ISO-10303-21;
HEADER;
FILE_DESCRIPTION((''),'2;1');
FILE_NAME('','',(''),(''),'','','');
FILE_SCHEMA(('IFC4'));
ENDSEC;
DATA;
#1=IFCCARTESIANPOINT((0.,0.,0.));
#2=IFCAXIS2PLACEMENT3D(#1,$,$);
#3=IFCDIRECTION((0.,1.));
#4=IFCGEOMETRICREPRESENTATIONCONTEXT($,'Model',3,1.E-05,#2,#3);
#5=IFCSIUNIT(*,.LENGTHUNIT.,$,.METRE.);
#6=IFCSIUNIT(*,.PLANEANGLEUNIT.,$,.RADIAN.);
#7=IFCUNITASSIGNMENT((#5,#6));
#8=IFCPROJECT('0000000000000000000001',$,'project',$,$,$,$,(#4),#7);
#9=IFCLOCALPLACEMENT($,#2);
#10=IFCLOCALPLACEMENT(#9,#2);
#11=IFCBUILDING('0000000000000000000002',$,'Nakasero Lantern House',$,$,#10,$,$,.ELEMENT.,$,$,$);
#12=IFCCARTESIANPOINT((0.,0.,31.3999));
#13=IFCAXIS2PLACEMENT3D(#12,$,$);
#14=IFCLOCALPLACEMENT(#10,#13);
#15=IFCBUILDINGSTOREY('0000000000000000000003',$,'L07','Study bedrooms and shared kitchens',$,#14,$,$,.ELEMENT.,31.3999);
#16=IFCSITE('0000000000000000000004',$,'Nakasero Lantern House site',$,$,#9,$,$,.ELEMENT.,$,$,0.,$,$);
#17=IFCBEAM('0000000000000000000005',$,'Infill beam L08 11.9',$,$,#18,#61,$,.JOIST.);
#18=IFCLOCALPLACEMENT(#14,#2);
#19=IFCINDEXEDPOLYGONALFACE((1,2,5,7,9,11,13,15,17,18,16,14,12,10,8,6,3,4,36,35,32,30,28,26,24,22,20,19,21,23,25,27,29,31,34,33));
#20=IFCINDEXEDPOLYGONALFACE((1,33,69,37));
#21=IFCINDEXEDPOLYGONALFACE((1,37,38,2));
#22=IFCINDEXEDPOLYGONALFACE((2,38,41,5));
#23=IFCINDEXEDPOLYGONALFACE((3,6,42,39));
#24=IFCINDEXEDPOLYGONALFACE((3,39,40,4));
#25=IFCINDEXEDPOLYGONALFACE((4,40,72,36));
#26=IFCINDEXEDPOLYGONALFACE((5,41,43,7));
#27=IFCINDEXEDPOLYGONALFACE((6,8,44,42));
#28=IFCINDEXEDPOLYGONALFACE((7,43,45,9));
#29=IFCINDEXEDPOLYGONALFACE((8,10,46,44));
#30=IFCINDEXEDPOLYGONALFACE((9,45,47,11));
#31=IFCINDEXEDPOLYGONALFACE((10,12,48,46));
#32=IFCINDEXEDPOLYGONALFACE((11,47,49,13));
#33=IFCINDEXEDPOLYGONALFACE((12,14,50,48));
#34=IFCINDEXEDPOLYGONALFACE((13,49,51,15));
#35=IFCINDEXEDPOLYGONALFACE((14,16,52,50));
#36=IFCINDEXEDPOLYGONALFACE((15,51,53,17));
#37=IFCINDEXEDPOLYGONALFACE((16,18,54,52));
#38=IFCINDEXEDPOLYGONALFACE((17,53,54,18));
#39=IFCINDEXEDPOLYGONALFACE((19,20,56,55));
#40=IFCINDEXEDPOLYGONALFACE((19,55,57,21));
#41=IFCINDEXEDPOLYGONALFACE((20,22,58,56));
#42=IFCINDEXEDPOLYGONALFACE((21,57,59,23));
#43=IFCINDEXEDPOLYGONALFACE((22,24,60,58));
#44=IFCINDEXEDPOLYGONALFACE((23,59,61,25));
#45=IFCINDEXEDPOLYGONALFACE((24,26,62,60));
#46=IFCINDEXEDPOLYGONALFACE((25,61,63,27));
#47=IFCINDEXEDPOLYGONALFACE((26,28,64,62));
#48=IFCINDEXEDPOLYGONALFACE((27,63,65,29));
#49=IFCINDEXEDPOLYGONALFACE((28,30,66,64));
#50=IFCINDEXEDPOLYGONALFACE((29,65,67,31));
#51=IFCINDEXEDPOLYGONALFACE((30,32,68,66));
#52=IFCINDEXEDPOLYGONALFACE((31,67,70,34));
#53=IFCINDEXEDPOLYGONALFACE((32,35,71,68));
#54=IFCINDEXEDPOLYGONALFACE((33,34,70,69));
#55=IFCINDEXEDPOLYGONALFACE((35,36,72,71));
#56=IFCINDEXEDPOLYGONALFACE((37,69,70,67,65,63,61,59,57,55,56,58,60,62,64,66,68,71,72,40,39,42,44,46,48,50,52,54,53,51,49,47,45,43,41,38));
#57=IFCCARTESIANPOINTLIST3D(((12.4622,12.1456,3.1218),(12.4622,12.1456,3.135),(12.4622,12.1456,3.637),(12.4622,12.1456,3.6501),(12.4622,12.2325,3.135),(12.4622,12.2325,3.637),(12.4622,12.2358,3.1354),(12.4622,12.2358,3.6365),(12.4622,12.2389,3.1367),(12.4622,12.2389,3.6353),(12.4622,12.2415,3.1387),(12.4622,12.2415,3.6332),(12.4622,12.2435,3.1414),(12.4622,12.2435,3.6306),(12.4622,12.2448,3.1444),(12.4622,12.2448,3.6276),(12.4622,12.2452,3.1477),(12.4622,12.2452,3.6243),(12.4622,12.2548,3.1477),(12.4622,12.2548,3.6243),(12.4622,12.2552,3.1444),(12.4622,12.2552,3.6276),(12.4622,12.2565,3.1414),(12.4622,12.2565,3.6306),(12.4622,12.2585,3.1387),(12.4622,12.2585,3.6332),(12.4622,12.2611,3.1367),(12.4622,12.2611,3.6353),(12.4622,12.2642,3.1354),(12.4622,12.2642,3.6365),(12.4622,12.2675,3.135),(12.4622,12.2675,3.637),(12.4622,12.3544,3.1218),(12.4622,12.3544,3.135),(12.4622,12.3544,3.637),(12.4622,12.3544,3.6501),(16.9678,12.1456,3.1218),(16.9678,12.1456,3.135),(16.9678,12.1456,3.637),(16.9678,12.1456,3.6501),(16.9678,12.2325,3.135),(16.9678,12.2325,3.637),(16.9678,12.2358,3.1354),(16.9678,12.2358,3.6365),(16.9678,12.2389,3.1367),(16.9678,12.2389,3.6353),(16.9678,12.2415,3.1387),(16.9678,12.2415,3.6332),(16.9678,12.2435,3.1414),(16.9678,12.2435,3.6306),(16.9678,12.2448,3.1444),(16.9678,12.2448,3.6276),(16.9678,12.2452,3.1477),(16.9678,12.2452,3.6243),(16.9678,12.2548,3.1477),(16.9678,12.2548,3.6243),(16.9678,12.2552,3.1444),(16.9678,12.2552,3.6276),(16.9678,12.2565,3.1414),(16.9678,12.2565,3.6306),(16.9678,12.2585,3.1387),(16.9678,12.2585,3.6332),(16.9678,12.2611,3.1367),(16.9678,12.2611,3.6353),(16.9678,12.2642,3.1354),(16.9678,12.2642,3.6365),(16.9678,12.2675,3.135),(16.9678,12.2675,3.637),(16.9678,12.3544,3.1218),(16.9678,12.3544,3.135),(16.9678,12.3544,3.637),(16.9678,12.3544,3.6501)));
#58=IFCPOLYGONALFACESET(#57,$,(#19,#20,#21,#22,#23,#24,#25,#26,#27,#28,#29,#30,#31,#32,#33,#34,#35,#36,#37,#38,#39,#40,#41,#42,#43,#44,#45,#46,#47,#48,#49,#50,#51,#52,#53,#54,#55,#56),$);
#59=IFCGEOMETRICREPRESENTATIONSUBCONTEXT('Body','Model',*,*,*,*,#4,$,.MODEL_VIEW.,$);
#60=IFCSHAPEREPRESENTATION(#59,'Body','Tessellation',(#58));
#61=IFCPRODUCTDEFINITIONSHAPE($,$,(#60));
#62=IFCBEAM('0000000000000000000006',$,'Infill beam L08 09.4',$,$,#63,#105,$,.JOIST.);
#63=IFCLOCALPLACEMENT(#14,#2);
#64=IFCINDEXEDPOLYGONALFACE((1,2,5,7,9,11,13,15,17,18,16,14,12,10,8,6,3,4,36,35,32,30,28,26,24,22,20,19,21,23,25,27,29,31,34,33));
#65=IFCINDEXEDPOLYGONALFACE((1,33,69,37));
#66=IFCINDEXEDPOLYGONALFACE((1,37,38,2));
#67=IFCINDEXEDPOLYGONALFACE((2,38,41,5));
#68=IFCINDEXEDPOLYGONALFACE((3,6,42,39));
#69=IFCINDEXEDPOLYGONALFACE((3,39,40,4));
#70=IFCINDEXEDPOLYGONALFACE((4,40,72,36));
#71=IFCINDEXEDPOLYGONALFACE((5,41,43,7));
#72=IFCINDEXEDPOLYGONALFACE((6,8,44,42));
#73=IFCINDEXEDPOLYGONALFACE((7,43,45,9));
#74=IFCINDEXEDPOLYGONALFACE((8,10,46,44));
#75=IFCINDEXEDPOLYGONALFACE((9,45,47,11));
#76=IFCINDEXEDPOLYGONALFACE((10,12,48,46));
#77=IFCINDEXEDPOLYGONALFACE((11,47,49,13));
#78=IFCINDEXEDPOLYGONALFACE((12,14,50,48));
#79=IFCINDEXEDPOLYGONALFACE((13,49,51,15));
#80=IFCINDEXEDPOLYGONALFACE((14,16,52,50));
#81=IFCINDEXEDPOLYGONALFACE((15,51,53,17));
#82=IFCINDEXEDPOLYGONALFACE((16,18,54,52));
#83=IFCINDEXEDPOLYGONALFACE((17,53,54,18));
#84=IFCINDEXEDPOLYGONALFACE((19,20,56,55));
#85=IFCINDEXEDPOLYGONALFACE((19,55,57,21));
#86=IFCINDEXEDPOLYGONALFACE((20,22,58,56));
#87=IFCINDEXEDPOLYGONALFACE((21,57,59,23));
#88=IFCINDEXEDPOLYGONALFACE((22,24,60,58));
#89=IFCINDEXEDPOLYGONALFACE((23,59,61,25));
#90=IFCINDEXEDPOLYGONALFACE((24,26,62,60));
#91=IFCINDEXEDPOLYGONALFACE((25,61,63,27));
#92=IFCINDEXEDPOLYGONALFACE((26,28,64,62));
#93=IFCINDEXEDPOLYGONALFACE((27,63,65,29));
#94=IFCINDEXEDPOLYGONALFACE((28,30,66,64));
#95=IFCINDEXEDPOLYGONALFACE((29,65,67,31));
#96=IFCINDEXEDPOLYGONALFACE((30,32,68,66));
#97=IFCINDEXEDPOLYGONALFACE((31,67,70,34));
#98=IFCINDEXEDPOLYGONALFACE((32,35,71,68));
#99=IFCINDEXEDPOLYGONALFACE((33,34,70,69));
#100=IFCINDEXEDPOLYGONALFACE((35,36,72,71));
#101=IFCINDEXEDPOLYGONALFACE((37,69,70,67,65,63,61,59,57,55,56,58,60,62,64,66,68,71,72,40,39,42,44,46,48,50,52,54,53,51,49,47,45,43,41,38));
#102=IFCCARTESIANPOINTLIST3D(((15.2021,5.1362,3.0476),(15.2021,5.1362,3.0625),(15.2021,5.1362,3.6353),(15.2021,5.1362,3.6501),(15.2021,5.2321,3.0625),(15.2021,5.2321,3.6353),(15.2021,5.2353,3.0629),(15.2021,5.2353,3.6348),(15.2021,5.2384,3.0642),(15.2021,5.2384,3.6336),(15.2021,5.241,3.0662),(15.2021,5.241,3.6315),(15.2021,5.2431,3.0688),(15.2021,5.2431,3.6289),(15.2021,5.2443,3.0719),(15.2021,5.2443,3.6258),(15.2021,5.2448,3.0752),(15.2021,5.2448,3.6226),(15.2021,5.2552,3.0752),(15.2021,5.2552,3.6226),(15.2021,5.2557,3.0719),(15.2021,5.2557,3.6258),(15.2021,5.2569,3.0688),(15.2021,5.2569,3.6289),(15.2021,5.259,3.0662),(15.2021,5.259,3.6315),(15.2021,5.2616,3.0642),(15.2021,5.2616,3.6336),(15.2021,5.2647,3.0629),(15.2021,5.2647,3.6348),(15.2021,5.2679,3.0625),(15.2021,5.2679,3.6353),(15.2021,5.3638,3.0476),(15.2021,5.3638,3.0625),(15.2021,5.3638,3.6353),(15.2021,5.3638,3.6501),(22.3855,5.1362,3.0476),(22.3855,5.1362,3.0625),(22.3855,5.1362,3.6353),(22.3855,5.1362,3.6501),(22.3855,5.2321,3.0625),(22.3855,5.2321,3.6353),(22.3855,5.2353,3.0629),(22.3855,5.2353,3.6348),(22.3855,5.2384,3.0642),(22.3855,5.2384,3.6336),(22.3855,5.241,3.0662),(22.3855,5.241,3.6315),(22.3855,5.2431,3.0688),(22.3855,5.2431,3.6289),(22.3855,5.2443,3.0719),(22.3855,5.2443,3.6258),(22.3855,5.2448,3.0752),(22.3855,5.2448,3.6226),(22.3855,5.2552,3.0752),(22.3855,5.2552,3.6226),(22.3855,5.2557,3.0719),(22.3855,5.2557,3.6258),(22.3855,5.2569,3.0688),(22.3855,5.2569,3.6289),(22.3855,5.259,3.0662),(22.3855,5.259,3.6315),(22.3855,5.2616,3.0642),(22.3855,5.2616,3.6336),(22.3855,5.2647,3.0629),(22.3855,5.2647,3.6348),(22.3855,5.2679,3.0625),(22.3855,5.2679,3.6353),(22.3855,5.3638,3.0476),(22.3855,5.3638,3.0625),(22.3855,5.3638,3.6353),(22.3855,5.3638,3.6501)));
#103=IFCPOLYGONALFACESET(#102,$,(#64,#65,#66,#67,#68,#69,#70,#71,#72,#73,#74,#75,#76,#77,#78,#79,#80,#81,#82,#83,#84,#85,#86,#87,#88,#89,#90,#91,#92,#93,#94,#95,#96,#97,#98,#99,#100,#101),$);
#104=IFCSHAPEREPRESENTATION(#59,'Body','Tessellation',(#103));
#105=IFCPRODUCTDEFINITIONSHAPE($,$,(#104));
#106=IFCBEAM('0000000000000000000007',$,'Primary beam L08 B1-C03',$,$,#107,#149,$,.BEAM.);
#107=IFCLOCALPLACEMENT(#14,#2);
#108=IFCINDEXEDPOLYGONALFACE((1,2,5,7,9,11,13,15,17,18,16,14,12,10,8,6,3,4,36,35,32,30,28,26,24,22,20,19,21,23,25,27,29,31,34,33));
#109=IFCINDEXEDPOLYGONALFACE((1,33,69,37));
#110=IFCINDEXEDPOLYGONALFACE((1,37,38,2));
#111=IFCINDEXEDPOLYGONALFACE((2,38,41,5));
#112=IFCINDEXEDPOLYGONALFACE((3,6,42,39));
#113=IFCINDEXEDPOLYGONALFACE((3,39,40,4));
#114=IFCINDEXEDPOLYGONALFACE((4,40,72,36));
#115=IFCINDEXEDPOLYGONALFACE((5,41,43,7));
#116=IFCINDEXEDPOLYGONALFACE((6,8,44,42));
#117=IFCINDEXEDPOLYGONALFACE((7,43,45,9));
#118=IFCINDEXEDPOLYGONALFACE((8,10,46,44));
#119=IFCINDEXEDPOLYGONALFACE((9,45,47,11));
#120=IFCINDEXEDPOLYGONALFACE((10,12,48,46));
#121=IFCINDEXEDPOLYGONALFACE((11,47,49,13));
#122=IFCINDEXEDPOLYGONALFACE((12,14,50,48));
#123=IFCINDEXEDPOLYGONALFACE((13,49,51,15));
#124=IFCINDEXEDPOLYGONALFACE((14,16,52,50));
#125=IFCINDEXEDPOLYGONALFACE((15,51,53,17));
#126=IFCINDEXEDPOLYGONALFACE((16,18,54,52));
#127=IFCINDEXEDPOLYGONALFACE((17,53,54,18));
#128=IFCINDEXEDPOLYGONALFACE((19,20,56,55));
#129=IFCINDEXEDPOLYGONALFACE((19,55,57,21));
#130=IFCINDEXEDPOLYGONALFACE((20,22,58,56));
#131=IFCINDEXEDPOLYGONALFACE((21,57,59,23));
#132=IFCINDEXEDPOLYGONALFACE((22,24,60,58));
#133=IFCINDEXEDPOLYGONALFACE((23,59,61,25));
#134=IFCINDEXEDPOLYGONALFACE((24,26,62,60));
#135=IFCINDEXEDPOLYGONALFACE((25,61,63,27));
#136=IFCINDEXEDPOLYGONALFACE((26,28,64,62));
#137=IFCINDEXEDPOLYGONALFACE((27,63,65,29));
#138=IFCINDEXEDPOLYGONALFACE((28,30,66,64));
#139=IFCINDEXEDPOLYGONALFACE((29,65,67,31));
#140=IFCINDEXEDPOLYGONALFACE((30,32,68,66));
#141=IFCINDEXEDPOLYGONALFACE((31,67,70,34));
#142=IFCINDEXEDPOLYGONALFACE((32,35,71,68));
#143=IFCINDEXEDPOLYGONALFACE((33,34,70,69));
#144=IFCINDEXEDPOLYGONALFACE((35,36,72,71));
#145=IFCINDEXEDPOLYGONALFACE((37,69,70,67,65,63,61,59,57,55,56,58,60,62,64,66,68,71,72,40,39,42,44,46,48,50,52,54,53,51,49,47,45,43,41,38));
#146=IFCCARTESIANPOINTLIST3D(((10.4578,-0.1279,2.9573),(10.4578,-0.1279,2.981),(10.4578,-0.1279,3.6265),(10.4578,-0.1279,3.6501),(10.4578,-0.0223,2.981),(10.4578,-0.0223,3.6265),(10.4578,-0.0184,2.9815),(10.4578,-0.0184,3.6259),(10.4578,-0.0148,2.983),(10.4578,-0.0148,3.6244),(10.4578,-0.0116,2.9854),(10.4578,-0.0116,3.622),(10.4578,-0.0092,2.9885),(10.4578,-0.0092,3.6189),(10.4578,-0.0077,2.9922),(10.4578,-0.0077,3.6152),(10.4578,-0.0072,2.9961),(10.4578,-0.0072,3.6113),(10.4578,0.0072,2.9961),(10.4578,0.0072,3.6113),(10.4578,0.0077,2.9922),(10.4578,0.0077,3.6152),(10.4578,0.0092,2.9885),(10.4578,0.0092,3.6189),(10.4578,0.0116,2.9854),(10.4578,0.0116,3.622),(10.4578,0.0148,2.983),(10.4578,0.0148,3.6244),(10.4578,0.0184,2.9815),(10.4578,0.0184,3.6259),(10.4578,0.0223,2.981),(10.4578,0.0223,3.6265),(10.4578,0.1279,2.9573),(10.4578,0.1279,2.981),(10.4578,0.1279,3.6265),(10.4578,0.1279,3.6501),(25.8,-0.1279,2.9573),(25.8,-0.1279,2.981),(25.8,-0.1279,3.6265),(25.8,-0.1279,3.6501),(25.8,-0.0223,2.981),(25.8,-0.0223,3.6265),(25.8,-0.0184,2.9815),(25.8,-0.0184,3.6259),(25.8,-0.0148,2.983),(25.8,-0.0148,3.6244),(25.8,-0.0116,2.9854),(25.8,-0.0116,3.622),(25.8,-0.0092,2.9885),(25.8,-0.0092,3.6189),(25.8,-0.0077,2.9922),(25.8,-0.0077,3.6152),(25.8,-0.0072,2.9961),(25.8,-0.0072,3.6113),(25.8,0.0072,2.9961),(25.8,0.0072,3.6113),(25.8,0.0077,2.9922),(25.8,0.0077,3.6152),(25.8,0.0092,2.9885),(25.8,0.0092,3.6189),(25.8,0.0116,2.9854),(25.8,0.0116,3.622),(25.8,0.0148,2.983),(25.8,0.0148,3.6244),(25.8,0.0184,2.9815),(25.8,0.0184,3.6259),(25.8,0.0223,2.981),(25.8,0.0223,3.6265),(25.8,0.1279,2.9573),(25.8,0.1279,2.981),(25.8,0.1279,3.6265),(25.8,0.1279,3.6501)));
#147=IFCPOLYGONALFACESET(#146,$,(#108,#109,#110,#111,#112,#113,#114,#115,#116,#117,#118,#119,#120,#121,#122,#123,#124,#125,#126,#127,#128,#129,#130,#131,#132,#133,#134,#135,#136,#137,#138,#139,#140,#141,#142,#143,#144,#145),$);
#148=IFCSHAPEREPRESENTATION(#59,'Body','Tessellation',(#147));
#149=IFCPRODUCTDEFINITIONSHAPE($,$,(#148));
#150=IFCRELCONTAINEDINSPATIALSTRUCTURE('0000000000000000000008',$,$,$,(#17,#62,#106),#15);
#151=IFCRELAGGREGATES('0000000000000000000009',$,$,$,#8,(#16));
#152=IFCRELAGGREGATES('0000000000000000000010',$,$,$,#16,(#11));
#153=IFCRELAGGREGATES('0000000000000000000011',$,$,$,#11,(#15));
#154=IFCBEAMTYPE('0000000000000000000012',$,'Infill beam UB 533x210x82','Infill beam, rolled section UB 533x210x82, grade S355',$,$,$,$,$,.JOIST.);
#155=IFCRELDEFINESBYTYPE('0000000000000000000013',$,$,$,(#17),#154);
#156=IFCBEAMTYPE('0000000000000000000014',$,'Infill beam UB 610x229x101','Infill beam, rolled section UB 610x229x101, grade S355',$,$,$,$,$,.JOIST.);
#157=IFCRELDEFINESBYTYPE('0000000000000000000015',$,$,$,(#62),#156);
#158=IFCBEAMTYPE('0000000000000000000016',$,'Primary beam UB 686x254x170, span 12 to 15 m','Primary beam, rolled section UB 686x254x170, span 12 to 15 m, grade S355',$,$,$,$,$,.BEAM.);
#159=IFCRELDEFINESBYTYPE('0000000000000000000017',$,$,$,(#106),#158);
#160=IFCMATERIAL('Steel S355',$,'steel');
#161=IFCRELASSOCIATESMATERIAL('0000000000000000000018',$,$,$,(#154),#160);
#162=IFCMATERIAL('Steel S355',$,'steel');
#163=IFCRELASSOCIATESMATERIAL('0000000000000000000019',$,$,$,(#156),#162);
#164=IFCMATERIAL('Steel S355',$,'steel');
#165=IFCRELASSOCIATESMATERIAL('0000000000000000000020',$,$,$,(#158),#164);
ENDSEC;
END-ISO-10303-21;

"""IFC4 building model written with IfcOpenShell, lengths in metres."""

from ifc_helpers import new_model, si_unit, direction, frame, origin, origin_2d, place, context, subcontext, project, spatial, i_section, extrude, material, material_profile, profile_set, type_object, element, save


model = new_model("IFC4")

# Units and contexts
model_context = context("Model", 3, precision=1e-05, world=origin(), true_north=direction((0.0, 1.0)))
body_context = subcontext(model_context, "Body", "Model", "MODEL_VIEW")
ifc_project = project(units=[si_unit("LENGTHUNIT", "METRE"), si_unit("PLANEANGLEUNIT", "RADIAN")], contexts=[model_context])

# Site, building, storey
site_placement = place(None, origin())
site = spatial("IfcSite", under=ifc_project, at=site_placement, Name="Nakasero Lantern House site", CompositionType="ELEMENT", RefElevation=0.0)
building_placement = place(site_placement, origin())
building = spatial("IfcBuilding", under=site, at=building_placement, Name="Nakasero Lantern House", CompositionType="ELEMENT")
storey_placement = place(building_placement, frame((0.0, 0.0, 31.3999)))
storey = spatial("IfcBuildingStorey", under=building, at=storey_placement, Name="L07", Description="Study bedrooms and shared kitchens", CompositionType="ELEMENT", Elevation=31.3999)

# Beams
ifc_material_1 = material(Name="Steel S355", Category="steel")
ifc_material_profile_1 = material_profile(ifc_material_1, i_section(OverallWidth=0.2087, OverallDepth=0.5283, WebThickness=0.0095, FlangeThickness=0.0132, FilletRadius=0.0127, at=origin_2d()), Name="UB 533x210x82")
ifc_profile_set_1 = profile_set([ifc_material_profile_1], Name="Steel S355")
beam_type_1 = type_object("IfcBeamType", Name="Infill beam UB 533x210x82", Description="Infill beam, rolled section UB 533x210x82, grade S355", PredefinedType="JOIST", material=ifc_profile_set_1)
beam_1_placement = place(storey_placement, frame((12.4622, 12.25, 3.386), z_axis=(1.0, 0.0, 0.0), x_axis=(0.0, 1.0, 0.0)))
element("IfcBeam", 1, at=beam_1_placement, inside=storey, type_object=beam_type_1, Name="Infill beam L08 11.9", PredefinedType="JOIST", context=body_context, shape_type="SweptSolid", body=[
    extrude(i_section(OverallWidth=0.2087, OverallDepth=0.5283, WebThickness=0.0095, FlangeThickness=0.0132, FilletRadius=0.0127, at=origin_2d()), origin(), (0.0, 0.0, 1.0), 4.5056),
])
ifc_material_2 = material(Name="Steel S355", Category="steel")
ifc_material_profile_2 = material_profile(ifc_material_2, i_section(OverallWidth=0.2275, OverallDepth=0.6025, WebThickness=0.0105, FlangeThickness=0.0149, FilletRadius=0.0127, at=origin_2d()), Name="UB 610x229x101")
ifc_profile_set_2 = profile_set([ifc_material_profile_2], Name="Steel S355")
beam_type_2 = type_object("IfcBeamType", Name="Infill beam UB 610x229x101", Description="Infill beam, rolled section UB 610x229x101, grade S355", PredefinedType="JOIST", material=ifc_profile_set_2)
beam_2_placement = place(storey_placement, frame((15.2021, 5.25, 3.3489), z_axis=(1.0, 0.0, 0.0), x_axis=(0.0, 1.0, 0.0)))
element("IfcBeam", 2, at=beam_2_placement, inside=storey, type_object=beam_type_2, Name="Infill beam L08 09.4", PredefinedType="JOIST", context=body_context, shape_type="SweptSolid", body=[
    extrude(i_section(OverallWidth=0.2275, OverallDepth=0.6025, WebThickness=0.0105, FlangeThickness=0.0149, FilletRadius=0.0127, at=origin_2d()), origin(), (0.0, 0.0, 1.0), 7.1833),
])
ifc_material_3 = material(Name="Steel S355", Category="steel")
ifc_material_profile_3 = material_profile(ifc_material_3, i_section(OverallWidth=0.2559, OverallDepth=0.6929, WebThickness=0.0144, FlangeThickness=0.0237, FilletRadius=0.0151, at=origin_2d()), Name="UB 686x254x170")
ifc_profile_set_3 = profile_set([ifc_material_profile_3], Name="Steel S355")
beam_type_3 = type_object("IfcBeamType", Name="Primary beam UB 686x254x170, span 12 to 15 m", Description="Primary beam, rolled section UB 686x254x170, span 12 to 15 m, grade S355", PredefinedType="BEAM", material=ifc_profile_set_3)
beam_3_placement = place(storey_placement, frame((25.8, 0.0, 3.3037), z_axis=(-1.0, 0.0, 0.0), x_axis=(0.0, -1.0, 0.0)))
element("IfcBeam", 3, at=beam_3_placement, inside=storey, type_object=beam_type_3, Name="Primary beam L08 B1-C03", PredefinedType="BEAM", context=body_context, shape_type="SweptSolid", body=[
    extrude(i_section(OverallWidth=0.2559, OverallDepth=0.6929, WebThickness=0.0144, FlangeThickness=0.0237, FilletRadius=0.0151, at=origin_2d()), origin(), (0.0, 0.0, 1.0), 15.3423),
])

save(model, "model.ifc")
